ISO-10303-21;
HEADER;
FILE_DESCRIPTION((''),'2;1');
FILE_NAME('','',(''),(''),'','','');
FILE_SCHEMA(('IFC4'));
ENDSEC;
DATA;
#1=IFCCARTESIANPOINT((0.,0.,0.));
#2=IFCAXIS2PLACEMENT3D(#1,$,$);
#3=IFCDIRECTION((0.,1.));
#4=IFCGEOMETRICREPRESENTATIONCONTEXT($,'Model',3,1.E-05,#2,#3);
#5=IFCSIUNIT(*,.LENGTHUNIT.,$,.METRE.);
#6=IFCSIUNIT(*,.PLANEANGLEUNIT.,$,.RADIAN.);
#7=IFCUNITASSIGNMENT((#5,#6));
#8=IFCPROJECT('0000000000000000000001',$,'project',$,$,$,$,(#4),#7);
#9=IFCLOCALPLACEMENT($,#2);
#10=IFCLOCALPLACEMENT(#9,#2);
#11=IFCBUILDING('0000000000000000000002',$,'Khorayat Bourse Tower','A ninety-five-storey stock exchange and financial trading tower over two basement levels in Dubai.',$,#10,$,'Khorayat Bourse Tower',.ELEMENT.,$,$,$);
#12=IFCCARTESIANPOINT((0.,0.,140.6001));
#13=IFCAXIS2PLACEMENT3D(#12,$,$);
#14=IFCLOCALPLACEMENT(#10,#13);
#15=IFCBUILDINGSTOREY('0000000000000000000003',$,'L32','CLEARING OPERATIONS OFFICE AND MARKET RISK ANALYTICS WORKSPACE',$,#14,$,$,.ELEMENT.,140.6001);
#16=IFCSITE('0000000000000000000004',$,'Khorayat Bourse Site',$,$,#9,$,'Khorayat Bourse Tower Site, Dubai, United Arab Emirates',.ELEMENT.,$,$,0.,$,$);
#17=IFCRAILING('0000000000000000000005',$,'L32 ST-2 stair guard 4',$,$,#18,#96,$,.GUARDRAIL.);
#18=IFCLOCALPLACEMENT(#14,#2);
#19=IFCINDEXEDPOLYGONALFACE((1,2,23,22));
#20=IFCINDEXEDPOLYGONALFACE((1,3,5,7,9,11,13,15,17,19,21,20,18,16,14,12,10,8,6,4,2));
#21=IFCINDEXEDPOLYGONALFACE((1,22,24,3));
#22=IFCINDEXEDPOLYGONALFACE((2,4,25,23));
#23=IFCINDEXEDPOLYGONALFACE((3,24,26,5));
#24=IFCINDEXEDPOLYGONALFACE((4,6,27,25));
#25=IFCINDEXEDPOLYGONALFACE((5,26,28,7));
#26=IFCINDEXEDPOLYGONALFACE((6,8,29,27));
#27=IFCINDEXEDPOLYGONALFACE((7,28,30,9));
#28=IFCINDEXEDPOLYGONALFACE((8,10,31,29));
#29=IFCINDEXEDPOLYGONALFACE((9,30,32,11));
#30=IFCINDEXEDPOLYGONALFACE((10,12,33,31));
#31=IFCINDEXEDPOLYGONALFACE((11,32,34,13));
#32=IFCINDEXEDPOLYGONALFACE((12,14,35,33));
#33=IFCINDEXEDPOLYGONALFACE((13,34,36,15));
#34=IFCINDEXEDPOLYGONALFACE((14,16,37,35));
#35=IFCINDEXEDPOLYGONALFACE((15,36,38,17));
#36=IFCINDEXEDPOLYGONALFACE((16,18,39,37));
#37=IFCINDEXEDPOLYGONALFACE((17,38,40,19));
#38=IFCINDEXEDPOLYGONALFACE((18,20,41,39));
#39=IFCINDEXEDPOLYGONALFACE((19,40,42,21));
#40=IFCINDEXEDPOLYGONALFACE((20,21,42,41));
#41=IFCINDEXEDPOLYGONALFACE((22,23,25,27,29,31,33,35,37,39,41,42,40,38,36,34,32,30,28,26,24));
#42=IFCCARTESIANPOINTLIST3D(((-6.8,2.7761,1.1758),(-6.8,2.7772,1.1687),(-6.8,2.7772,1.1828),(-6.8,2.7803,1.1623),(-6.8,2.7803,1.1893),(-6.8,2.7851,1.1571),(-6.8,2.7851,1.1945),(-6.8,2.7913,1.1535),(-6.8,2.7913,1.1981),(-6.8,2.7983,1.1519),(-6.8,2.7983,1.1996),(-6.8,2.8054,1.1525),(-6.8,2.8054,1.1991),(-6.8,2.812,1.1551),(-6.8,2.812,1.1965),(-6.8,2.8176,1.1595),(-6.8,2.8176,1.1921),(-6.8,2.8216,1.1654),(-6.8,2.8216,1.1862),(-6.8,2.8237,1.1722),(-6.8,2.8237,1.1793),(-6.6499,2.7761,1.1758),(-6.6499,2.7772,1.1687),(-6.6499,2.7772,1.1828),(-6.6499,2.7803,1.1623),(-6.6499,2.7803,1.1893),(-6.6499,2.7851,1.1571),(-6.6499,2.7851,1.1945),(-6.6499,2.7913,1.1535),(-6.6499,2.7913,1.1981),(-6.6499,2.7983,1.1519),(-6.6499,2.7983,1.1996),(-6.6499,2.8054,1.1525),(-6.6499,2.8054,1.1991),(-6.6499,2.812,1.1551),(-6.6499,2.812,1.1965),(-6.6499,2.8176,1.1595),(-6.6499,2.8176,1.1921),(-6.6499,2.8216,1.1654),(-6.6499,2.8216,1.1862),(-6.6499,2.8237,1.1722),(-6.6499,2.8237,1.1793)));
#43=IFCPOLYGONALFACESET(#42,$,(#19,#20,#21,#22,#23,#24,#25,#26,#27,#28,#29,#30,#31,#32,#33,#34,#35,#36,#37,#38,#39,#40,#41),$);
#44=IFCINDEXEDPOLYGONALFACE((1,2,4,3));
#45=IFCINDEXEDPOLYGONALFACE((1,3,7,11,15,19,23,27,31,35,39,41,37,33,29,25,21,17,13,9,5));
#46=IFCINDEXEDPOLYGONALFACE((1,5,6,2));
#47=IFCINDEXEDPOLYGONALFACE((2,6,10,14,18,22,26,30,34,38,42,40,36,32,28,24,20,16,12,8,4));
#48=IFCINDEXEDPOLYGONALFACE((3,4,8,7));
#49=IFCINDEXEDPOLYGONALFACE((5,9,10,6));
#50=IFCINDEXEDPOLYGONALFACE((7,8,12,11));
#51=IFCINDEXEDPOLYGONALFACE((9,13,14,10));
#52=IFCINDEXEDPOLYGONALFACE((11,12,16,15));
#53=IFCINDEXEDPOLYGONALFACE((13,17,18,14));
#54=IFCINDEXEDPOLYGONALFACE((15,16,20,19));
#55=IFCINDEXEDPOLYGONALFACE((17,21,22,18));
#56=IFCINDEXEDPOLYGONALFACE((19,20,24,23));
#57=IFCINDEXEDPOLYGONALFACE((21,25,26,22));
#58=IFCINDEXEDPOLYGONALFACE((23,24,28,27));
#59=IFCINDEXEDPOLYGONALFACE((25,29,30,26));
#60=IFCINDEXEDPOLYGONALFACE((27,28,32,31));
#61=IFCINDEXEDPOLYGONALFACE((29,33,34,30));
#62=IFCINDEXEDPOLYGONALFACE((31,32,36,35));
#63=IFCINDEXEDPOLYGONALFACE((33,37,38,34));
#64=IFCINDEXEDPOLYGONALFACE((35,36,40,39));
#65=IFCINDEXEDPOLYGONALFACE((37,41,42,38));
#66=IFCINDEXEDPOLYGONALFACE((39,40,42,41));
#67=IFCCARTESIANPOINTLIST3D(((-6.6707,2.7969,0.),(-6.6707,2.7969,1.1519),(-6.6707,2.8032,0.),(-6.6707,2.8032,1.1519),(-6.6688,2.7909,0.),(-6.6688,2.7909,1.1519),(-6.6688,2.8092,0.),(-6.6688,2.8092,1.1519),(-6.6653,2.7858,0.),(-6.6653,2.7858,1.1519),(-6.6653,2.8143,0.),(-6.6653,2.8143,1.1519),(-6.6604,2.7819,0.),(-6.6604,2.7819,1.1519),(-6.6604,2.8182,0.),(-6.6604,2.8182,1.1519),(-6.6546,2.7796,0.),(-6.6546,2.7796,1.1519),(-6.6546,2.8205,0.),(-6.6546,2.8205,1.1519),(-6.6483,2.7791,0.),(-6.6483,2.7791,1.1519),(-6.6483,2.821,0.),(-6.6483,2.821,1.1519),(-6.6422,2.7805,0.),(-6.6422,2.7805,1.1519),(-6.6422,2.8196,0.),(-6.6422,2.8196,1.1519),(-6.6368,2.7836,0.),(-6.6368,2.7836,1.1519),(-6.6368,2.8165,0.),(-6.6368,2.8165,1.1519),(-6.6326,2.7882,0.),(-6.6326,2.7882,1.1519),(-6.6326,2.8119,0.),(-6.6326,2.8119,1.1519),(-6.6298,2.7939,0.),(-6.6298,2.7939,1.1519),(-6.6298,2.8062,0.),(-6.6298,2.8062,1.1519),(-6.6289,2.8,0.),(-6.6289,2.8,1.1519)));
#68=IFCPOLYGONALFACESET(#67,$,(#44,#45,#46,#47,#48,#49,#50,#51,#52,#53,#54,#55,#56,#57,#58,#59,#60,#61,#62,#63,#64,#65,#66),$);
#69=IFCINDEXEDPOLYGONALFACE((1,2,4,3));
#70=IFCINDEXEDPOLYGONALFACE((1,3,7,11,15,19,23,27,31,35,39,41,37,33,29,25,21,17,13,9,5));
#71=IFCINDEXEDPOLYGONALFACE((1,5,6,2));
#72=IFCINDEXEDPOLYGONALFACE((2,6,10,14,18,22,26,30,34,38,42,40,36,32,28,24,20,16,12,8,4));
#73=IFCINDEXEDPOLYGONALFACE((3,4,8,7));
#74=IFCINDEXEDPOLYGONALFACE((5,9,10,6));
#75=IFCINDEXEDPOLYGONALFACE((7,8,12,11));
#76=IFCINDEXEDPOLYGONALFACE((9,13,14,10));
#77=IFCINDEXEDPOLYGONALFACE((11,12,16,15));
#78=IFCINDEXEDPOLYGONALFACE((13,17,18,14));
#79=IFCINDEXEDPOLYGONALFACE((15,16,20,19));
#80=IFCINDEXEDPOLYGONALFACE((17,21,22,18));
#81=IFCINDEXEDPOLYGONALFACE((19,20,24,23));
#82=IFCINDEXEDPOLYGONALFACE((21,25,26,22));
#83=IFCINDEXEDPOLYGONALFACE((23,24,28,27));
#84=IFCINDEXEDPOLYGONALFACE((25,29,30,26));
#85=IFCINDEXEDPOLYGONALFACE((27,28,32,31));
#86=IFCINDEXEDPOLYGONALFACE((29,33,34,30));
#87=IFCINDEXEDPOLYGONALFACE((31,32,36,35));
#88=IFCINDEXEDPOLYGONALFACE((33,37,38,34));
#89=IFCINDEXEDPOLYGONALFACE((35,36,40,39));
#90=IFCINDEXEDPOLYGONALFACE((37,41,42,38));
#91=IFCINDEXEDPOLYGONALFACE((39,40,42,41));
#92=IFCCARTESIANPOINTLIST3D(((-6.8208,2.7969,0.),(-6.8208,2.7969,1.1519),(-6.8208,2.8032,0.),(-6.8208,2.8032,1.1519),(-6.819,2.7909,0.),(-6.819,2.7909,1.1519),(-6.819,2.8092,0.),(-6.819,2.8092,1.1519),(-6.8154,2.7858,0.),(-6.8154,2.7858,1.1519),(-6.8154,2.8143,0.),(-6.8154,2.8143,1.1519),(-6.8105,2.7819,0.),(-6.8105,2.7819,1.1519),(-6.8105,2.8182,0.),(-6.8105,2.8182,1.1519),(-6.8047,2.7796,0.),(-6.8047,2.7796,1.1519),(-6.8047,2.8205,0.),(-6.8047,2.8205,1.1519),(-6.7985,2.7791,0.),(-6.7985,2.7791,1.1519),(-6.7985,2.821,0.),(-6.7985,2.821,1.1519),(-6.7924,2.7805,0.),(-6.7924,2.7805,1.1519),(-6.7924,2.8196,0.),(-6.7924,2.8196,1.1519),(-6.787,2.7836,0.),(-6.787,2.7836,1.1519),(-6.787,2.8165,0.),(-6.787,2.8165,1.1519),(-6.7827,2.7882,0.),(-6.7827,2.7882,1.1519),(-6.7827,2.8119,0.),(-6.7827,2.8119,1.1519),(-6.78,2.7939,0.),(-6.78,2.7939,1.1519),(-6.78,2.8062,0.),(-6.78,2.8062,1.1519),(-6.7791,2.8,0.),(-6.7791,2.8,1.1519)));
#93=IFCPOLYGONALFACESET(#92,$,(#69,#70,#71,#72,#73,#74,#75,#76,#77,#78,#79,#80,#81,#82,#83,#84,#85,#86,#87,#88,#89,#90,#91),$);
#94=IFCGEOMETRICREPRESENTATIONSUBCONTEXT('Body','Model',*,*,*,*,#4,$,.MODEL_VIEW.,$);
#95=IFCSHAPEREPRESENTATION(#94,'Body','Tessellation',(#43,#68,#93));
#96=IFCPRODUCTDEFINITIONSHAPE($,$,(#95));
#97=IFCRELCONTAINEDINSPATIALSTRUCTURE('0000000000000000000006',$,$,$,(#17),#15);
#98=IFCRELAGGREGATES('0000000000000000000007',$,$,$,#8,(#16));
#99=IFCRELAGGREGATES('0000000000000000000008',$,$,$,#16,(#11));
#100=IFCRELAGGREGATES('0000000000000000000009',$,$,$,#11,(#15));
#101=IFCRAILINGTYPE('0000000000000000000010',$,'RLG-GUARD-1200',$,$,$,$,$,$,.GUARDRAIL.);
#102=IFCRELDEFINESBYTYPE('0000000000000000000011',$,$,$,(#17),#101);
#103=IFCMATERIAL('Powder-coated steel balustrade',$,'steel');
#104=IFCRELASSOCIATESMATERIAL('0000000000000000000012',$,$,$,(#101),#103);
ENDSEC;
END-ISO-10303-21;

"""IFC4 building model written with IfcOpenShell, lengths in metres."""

from ifc_helpers import new_model, si_unit, direction, frame, origin, origin_2d, place, context, subcontext, project, spatial, circle, extrude, source, transform, mapped, material, type_object, element, save


model = new_model("IFC4")

# Units and contexts
model_context = context("Model", 3, precision=1e-05, world=origin(), true_north=direction((0.0, 1.0)))
body_context = subcontext(model_context, "Body", "Model", "MODEL_VIEW")
ifc_project = project(units=[si_unit("LENGTHUNIT", "METRE"), si_unit("PLANEANGLEUNIT", "RADIAN")], contexts=[model_context])

# Site, building, storey
site_placement = place(None, origin())
site = spatial("IfcSite", under=ifc_project, at=site_placement, Name="Khorayat Bourse Site", LongName="Khorayat Bourse Tower Site, Dubai, United Arab Emirates", CompositionType="ELEMENT", RefElevation=0.0)
building_placement = place(site_placement, origin())
building = spatial("IfcBuilding", under=site, at=building_placement, Name="Khorayat Bourse Tower", Description="A ninety-five-storey stock exchange and financial trading tower over two basement levels in Dubai.", LongName="Khorayat Bourse Tower", CompositionType="ELEMENT")
storey_placement = place(building_placement, frame((0.0, 0.0, 140.6001)))
storey = spatial("IfcBuildingStorey", under=building, at=storey_placement, Name="L32", Description="CLEARING OPERATIONS OFFICE AND MARKET RISK ANALYTICS WORKSPACE", CompositionType="ELEMENT", Elevation=140.6001)

# Railing
ifc_material_1 = material(Name="Powder-coated steel balustrade", Category="steel")
railing_type_1 = type_object("IfcRailingType", Name="RLG-GUARD-1200", PredefinedType="GUARDRAIL", material=ifc_material_1)
shared_shape_1 = source(origin(), body_context, "Body", "SweptSolid", [
    extrude(circle(Radius=0.0239, at=origin_2d()), frame((0.0, 0.0, 1.1758), z_axis=(-1.0, 0.0, 0.0), x_axis=(0.0, -1.0, 0.0)), (0.0, 0.0, 1.0), 0.1501),
    extrude(circle(Radius=0.021, at=origin_2d()), origin(), (0.0, 0.0, 1.0), 1.1519),
    extrude(circle(Radius=0.021, at=origin_2d()), frame((-0.1501, 0.0, 0.0)), (0.0, 0.0, 1.0), 1.1519),
])
for number, where, name in (
    (1, (-6.6499, 2.8, 0.0), "L32 ST-2 stair guard 4"),
):
    element("IfcRailing", number, at=place(storey_placement, frame(where)), inside=storey, type_object=railing_type_1, Name=name, PredefinedType="GUARDRAIL", context=body_context, shape_type="MappedRepresentation", body=[
        mapped(shared_shape_1, transform((0.0, 0.0, 0.0), scale=1.0)),
    ])

save(model, "model.ifc")
